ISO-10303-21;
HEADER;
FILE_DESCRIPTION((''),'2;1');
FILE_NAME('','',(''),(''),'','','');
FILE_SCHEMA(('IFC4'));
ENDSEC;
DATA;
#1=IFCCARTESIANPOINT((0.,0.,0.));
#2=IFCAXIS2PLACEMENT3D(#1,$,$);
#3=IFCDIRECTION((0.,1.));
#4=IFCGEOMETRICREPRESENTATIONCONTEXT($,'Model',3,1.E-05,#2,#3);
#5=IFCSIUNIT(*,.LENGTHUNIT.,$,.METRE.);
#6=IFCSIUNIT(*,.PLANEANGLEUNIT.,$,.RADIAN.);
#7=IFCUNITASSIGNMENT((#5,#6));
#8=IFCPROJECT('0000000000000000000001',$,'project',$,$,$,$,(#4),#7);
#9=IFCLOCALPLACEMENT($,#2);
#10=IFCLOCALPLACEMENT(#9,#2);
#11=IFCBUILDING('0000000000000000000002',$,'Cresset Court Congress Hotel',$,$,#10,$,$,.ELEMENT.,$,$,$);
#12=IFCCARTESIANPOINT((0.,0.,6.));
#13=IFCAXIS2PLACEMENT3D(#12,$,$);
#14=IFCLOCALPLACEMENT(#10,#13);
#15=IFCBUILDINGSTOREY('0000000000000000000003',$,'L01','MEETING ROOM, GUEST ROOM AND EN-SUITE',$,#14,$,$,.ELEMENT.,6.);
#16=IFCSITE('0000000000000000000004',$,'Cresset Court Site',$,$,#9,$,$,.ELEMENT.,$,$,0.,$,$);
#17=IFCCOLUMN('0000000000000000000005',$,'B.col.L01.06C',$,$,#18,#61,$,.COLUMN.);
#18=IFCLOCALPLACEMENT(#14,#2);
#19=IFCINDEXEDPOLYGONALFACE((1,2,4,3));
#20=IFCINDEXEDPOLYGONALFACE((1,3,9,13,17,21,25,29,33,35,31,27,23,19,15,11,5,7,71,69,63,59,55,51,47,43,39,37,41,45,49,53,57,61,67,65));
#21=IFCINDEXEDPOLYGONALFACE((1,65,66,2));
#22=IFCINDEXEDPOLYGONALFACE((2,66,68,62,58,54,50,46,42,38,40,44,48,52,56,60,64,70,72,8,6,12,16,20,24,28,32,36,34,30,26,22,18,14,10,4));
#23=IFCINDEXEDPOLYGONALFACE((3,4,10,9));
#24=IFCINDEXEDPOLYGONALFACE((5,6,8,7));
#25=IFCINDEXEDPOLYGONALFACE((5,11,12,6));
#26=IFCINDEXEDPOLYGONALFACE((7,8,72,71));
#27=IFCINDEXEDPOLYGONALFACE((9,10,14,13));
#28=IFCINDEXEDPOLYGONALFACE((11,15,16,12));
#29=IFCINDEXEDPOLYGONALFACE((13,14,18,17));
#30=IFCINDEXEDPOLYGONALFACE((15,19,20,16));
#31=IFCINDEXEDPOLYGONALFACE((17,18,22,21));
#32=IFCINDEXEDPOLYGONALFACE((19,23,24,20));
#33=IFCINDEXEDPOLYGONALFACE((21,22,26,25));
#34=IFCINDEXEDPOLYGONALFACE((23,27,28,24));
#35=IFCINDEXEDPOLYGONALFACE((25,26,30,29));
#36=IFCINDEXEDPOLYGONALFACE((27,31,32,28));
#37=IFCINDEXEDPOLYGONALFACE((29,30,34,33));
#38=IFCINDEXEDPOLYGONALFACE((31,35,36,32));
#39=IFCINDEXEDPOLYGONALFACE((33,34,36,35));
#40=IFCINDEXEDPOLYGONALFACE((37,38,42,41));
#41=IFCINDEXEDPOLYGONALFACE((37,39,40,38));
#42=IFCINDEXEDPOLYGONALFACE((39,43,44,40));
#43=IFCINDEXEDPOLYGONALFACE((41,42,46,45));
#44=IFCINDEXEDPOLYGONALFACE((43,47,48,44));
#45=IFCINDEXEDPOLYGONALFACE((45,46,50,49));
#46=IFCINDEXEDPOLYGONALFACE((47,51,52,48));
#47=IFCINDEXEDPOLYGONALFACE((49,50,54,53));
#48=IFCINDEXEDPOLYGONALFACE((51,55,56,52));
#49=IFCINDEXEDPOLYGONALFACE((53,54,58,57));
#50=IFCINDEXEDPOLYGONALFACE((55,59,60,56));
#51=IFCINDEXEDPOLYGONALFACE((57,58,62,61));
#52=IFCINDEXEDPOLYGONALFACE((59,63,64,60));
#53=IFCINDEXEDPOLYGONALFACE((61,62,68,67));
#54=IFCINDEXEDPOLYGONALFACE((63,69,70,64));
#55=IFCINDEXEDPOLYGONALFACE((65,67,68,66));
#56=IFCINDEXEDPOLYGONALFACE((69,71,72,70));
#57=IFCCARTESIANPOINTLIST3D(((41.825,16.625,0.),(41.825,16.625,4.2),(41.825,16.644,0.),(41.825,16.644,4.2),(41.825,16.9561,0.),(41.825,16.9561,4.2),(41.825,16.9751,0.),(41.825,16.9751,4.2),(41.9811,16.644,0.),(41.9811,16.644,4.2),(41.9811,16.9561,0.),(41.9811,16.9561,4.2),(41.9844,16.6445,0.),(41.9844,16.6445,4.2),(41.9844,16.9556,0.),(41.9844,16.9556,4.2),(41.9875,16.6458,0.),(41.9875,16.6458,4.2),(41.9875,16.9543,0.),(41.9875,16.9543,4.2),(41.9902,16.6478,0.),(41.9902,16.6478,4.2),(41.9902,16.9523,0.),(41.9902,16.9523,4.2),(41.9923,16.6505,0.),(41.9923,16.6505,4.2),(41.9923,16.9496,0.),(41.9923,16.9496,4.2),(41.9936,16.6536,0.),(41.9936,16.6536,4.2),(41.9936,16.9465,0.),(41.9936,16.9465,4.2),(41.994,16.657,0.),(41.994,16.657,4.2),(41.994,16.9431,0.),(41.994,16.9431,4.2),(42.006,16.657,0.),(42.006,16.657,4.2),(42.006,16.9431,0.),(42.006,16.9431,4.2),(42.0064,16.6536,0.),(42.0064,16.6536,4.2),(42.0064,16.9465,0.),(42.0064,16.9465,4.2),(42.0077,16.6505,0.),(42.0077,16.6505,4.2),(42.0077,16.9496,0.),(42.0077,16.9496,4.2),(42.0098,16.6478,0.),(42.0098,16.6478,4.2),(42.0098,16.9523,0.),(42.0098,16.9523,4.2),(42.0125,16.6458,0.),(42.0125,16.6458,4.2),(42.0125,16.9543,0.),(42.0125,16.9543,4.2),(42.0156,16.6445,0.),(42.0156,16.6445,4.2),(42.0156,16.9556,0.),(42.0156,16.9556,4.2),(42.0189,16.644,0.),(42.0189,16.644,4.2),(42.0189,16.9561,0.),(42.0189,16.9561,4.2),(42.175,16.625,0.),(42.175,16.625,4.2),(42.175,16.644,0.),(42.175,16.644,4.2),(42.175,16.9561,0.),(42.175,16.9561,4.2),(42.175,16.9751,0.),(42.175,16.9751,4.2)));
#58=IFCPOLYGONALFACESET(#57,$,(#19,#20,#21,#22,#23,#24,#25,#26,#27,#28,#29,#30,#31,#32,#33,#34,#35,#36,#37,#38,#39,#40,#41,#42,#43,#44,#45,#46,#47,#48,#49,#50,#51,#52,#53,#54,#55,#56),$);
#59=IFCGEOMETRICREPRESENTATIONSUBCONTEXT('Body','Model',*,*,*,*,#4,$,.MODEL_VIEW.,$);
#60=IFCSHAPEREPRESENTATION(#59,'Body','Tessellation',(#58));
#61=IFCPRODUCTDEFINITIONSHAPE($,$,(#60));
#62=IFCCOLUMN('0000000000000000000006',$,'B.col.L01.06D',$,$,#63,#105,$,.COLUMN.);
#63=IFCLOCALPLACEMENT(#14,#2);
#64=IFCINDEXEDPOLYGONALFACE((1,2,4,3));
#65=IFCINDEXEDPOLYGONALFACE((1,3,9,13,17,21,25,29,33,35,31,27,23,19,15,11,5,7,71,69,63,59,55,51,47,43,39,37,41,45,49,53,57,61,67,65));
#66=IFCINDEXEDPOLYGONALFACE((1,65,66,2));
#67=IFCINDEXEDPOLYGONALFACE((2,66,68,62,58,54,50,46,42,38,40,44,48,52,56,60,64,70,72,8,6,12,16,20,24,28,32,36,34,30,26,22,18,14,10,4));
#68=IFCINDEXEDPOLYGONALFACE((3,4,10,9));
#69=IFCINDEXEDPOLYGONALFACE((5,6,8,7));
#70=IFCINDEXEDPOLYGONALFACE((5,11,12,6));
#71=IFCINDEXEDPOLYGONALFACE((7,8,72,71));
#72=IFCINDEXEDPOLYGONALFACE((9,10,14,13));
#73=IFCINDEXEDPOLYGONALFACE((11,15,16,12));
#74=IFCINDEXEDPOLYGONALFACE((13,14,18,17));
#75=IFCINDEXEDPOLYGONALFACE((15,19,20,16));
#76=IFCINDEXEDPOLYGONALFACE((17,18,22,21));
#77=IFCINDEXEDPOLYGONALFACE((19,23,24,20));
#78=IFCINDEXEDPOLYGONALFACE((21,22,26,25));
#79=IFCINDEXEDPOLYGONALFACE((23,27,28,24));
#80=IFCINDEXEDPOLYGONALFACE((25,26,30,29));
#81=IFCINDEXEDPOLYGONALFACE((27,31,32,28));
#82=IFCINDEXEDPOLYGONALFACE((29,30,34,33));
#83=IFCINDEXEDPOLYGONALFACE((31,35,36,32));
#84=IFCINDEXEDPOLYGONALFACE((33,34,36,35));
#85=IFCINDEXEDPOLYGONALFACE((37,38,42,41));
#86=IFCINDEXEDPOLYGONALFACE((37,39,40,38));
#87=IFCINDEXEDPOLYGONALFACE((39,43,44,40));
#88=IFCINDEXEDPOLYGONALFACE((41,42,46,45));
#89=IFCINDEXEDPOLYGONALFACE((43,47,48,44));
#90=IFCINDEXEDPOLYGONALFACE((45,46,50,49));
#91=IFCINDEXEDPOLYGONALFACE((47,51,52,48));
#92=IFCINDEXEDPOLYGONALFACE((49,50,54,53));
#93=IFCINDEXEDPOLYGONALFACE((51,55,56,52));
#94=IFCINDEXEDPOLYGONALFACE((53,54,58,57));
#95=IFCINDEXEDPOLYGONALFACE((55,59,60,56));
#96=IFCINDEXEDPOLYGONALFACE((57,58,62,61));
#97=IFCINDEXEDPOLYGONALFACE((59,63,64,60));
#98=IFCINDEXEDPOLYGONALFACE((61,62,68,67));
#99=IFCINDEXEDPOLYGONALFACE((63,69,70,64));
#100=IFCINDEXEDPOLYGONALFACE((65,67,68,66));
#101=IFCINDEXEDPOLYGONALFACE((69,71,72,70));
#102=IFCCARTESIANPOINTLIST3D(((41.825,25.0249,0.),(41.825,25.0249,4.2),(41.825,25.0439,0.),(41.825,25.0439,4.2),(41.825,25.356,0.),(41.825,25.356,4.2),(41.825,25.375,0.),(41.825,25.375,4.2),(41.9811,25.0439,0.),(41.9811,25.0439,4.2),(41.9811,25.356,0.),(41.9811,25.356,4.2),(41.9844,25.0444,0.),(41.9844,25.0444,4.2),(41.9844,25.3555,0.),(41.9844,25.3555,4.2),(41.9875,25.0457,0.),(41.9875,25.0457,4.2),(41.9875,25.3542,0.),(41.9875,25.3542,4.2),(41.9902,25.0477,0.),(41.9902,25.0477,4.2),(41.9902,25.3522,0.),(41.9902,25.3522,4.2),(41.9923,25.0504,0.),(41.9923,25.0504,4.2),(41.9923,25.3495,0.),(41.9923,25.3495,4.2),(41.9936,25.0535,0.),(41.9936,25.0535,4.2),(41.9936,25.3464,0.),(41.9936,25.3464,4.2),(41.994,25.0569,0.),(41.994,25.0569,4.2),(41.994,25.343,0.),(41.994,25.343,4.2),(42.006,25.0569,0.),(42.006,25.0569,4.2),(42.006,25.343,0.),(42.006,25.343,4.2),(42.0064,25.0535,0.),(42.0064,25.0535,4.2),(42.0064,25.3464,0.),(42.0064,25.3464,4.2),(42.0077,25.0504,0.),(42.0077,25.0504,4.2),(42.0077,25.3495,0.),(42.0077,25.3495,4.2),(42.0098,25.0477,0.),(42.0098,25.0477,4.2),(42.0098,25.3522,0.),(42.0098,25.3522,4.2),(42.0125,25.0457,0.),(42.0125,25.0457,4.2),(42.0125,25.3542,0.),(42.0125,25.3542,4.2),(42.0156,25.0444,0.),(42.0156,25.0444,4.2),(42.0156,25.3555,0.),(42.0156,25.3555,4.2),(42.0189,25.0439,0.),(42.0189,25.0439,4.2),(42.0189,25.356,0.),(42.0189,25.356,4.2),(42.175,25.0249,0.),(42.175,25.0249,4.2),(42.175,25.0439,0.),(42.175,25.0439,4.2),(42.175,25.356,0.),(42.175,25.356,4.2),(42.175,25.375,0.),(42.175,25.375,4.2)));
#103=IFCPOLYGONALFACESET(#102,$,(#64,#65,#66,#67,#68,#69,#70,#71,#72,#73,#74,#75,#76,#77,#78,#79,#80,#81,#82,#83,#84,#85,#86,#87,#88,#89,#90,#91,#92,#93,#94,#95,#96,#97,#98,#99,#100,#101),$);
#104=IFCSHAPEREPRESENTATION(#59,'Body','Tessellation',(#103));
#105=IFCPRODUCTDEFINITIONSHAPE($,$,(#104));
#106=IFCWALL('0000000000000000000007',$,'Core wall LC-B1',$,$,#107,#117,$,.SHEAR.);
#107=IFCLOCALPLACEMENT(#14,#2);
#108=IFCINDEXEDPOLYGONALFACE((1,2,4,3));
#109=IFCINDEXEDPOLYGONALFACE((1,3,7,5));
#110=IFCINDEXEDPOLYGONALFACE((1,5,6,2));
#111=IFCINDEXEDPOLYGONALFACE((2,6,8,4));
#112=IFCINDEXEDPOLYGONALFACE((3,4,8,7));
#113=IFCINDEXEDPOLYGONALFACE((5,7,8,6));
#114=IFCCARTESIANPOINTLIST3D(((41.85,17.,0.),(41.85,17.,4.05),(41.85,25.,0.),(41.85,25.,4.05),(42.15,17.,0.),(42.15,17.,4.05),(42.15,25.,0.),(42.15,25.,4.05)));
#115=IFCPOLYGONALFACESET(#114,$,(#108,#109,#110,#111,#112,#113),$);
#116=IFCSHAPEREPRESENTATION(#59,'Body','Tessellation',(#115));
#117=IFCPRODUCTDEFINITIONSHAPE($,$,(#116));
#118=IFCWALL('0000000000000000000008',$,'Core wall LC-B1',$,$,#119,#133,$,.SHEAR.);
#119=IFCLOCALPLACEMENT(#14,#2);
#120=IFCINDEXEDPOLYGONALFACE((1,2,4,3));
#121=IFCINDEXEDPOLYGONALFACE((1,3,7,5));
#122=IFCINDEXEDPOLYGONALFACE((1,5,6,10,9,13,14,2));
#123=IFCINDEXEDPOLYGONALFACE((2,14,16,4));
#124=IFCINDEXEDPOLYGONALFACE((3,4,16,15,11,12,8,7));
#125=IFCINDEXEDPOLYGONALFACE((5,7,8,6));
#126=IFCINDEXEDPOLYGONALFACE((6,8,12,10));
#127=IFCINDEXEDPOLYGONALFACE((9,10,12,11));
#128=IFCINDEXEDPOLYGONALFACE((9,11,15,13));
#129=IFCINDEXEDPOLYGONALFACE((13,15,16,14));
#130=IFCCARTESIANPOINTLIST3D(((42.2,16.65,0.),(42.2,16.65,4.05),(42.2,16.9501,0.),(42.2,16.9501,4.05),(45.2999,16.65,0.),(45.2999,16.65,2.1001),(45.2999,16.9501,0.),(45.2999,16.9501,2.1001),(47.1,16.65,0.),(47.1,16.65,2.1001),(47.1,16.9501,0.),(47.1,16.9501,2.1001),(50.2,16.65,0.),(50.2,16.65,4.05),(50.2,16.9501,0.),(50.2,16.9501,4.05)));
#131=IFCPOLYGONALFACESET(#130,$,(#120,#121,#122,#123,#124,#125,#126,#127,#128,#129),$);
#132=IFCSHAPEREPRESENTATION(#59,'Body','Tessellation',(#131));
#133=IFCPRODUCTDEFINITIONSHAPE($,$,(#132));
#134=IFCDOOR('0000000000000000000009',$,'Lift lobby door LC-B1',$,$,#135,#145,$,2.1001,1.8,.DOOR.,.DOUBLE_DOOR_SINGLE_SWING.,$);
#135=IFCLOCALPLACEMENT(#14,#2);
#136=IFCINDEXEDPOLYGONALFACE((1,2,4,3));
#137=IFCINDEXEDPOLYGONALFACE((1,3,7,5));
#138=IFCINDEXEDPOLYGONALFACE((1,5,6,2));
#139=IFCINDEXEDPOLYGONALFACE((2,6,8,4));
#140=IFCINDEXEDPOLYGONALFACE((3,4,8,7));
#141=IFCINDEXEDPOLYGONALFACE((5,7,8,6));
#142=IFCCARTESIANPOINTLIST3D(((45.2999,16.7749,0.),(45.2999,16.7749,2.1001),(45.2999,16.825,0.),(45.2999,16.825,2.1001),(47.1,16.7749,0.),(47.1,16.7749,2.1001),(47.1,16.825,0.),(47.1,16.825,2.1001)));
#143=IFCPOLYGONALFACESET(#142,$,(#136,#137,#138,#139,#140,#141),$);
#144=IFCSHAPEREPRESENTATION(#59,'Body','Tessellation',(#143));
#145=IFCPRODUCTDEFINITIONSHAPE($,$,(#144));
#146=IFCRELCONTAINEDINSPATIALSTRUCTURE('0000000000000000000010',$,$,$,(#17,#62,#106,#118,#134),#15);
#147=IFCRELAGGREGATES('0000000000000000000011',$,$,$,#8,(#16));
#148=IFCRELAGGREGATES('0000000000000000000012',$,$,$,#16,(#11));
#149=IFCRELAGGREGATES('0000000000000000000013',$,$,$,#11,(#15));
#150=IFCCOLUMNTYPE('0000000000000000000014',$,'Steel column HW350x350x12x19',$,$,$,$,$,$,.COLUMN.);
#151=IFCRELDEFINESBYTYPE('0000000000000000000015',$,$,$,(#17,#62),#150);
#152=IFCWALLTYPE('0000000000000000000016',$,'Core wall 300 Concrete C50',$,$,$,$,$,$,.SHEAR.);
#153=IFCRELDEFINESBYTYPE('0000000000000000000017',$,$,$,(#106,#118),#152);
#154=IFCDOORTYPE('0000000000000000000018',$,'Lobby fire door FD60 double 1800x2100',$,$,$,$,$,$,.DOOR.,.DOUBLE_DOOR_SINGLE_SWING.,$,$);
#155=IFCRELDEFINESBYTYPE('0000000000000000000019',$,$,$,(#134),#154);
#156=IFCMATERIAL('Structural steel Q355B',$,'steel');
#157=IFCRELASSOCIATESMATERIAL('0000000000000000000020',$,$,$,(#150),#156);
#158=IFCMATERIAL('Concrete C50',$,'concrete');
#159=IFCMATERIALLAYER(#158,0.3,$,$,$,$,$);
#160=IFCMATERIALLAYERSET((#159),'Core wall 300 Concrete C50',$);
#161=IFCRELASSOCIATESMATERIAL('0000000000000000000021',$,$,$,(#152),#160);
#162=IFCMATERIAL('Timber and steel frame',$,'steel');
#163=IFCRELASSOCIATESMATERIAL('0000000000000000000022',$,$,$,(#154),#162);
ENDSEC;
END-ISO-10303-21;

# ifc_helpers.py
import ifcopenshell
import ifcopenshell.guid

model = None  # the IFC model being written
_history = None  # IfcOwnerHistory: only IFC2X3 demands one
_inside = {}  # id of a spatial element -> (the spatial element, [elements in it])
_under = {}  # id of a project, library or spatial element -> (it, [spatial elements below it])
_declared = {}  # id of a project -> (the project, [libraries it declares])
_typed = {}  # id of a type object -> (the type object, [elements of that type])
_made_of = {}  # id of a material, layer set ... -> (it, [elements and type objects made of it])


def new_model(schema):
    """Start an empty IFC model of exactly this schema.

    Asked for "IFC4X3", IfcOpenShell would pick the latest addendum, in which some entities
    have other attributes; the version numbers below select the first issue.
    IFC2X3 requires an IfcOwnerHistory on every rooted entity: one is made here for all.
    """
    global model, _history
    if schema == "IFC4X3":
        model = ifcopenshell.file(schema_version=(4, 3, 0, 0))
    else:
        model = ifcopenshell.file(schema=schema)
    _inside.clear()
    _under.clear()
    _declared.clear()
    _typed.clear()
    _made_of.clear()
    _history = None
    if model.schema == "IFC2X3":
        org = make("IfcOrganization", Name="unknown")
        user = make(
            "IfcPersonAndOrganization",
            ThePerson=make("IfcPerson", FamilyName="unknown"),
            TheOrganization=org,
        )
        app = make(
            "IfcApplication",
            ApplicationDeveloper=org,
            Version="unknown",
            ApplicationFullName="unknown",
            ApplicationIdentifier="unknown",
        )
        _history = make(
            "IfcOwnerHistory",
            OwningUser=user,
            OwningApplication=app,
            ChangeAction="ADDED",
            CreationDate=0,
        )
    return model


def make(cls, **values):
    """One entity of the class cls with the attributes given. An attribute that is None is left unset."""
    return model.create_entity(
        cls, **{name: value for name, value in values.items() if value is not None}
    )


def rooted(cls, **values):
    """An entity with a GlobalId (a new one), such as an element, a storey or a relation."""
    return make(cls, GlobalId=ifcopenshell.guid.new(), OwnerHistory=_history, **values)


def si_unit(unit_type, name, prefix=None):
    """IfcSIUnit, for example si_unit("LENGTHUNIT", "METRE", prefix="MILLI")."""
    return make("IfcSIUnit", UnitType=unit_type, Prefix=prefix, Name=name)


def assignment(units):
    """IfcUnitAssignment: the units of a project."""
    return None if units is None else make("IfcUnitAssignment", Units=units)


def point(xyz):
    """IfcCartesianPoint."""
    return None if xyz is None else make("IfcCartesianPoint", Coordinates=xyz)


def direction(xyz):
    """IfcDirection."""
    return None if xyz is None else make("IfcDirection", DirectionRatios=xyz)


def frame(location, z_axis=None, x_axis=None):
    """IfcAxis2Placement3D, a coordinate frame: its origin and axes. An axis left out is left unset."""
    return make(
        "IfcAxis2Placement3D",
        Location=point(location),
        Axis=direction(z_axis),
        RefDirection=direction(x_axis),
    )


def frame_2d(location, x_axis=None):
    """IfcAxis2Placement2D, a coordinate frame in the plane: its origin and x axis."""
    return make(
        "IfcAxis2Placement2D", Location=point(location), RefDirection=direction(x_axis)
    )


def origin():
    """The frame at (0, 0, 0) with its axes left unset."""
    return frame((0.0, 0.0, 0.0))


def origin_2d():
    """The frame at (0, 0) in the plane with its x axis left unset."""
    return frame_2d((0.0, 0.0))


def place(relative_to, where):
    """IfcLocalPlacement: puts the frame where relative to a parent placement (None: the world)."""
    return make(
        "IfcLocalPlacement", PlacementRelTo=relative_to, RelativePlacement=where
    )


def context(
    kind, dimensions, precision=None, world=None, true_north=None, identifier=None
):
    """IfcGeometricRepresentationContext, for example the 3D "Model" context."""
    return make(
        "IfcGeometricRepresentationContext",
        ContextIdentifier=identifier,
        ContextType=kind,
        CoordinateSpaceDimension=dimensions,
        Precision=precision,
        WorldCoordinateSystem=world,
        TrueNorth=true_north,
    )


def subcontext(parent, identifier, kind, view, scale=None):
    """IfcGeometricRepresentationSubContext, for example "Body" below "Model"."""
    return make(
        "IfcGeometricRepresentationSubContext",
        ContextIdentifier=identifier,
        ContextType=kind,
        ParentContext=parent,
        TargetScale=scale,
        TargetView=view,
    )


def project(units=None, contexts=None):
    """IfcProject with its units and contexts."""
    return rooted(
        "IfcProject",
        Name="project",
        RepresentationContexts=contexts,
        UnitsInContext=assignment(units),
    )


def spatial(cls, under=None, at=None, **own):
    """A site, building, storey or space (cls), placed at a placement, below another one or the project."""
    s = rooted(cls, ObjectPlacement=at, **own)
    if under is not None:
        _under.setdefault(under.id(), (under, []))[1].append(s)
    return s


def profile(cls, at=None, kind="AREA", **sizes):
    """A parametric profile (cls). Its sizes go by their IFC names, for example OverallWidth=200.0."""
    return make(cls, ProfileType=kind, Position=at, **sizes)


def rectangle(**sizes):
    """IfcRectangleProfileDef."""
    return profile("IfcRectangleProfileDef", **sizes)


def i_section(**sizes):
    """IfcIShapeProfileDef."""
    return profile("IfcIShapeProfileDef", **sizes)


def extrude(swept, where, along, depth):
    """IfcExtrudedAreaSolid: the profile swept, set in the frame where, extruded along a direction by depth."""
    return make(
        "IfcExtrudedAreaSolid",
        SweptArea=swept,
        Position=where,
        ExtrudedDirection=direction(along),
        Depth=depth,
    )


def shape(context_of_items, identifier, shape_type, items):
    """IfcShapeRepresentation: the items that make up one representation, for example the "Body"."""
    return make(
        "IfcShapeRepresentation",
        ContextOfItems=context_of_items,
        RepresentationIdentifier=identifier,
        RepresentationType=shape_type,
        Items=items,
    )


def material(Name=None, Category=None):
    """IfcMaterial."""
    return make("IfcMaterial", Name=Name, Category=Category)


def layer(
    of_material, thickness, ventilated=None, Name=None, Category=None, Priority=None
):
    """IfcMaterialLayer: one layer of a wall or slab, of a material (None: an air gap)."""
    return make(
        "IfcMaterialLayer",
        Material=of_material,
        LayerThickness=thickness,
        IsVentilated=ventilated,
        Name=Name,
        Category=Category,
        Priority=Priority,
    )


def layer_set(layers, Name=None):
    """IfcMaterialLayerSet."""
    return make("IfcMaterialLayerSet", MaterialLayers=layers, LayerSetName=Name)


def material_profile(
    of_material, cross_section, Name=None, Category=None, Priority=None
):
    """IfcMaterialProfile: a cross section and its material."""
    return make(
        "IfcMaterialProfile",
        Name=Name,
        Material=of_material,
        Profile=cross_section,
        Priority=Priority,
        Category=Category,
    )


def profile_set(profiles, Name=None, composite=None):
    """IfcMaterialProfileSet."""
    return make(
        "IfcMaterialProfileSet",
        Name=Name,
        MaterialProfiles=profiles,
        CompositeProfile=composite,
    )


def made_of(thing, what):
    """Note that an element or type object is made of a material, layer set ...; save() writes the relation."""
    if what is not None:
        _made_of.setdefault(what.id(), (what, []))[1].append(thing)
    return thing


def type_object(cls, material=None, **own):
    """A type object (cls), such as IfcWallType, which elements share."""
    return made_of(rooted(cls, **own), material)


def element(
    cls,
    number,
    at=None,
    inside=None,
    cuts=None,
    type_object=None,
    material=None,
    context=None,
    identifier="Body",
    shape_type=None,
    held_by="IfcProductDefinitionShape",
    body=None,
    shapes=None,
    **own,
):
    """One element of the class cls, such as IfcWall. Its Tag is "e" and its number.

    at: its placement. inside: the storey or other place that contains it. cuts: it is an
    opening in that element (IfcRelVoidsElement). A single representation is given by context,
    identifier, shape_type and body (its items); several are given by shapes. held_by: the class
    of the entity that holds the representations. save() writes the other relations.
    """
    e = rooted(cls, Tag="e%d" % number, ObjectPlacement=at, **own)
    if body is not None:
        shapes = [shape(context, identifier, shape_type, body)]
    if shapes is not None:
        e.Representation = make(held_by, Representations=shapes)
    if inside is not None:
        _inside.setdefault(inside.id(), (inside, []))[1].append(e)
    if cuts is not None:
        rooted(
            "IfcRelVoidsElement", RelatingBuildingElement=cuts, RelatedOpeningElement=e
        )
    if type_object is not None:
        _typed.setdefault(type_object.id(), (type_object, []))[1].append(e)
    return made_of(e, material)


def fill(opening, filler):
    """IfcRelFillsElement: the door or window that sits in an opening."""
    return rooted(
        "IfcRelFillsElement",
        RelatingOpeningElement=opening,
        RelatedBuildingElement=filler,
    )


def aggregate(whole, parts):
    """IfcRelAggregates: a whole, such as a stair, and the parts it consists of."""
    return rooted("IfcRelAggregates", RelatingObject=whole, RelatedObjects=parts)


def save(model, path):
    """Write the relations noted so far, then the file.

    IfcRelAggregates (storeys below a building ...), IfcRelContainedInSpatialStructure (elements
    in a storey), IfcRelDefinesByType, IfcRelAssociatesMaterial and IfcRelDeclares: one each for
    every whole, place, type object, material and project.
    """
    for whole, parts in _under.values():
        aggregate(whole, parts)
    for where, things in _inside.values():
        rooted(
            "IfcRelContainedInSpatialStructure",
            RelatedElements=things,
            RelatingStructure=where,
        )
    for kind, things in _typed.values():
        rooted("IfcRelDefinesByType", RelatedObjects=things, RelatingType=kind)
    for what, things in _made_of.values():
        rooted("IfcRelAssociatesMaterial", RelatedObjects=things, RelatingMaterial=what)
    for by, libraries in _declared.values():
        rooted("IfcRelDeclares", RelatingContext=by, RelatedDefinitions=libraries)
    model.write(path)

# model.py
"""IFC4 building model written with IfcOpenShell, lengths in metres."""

from ifc_helpers import new_model, si_unit, direction, frame, frame_2d, origin, origin_2d, place, context, subcontext, project, spatial, rectangle, i_section, extrude, material, layer, layer_set, material_profile, profile_set, type_object, element, fill, save


model = new_model("IFC4")

# Units and contexts
model_context = context("Model", 3, precision=1e-05, world=origin(), true_north=direction((0.0, 1.0)))
body_context = subcontext(model_context, "Body", "Model", "MODEL_VIEW")
ifc_project = project(units=[si_unit("LENGTHUNIT", "METRE"), si_unit("PLANEANGLEUNIT", "RADIAN")], contexts=[model_context])

# Site, building, storey
site_placement = place(None, origin())
site = spatial("IfcSite", under=ifc_project, at=site_placement, Name="Cresset Court Site", CompositionType="ELEMENT", RefElevation=0.0)
building_placement = place(site_placement, origin())
building = spatial("IfcBuilding", under=site, at=building_placement, Name="Cresset Court Congress Hotel", CompositionType="ELEMENT")
storey_placement = place(building_placement, frame((0.0, 0.0, 6.0)))
storey = spatial("IfcBuildingStorey", under=building, at=storey_placement, Name="L01", Description="MEETING ROOM, GUEST ROOM AND EN-SUITE", CompositionType="ELEMENT", Elevation=6.0)

# Columns
ifc_material_1 = material(Name="Structural steel Q355B", Category="steel")
ifc_material_profile = material_profile(ifc_material_1, i_section(OverallWidth=0.3501, OverallDepth=0.3501, WebThickness=0.012, FlangeThickness=0.019, FilletRadius=0.0129, at=origin_2d()), Name="HW350x350x12x19")
ifc_profile_set = profile_set([ifc_material_profile], Name="Structural steel Q355B")
column_type = type_object("IfcColumnType", Name="Steel column HW350x350x12x19", PredefinedType="COLUMN", material=ifc_profile_set)
for number, where, z_axis, x_axis, name in (
    (1, (42.0, 16.8, 0.0), (0.0, 0.0, 1.0), (1.0, 0.0, 0.0), "B.col.L01.06C"),
    (2, (42.0, 25.2, 0.0), (0.0, 0.0, 1.0), (1.0, 0.0, 0.0), "B.col.L01.06D"),
):
    element("IfcColumn", number, at=place(storey_placement, frame(where, z_axis=z_axis, x_axis=x_axis)), inside=storey, type_object=column_type, Name=name, PredefinedType="COLUMN", context=body_context, shape_type="SweptSolid", body=[
        extrude(i_section(OverallWidth=0.3501, OverallDepth=0.3501, WebThickness=0.012, FlangeThickness=0.019, FilletRadius=0.0129, at=origin_2d()), origin(), (0.0, 0.0, 1.0), 4.2),
    ])

# Wall
ifc_material_2 = material(Name="Concrete C50", Category="concrete")
ifc_layer_1 = layer(ifc_material_2, 0.3)
ifc_layer_set_1 = layer_set([ifc_layer_1], Name="Core wall 300 Concrete C50")
wall_type_1 = type_object("IfcWallType", Name="Core wall 300 Concrete C50", PredefinedType="SHEAR", material=ifc_layer_set_1)
wall_1_placement = place(storey_placement, frame((42.0, 17.0, 0.0), z_axis=(0.0, 0.0, 1.0), x_axis=(0.0, 1.0, 0.0)))
element("IfcWall", 3, at=wall_1_placement, inside=storey, type_object=wall_type_1, Name="Core wall LC-B1", PredefinedType="SHEAR", context=body_context, shape_type="SweptSolid", body=[
    extrude(rectangle(XDim=8.0, YDim=0.3, at=frame_2d((4.0, 0.0))), origin(), (0.0, 0.0, 1.0), 4.05),
])

# Wall, opening, door
wall_2_placement = place(storey_placement, frame((42.2, 16.8, 0.0), z_axis=(0.0, 0.0, 1.0), x_axis=(1.0, 0.0, 0.0)))
wall_2 = element("IfcWall", 4, at=wall_2_placement, inside=storey, type_object=wall_type_1, Name="Core wall LC-B1", PredefinedType="SHEAR", context=body_context, shape_type="SweptSolid", body=[
    extrude(rectangle(XDim=8.0, YDim=0.3, at=frame_2d((4.0, 0.0))), origin(), (0.0, 0.0, 1.0), 4.05),
])
opening_1_placement = place(wall_2_placement, frame((3.1001, 0.0, 0.0)))
opening_1 = element("IfcOpeningElement", 5, at=opening_1_placement, cuts=wall_2, PredefinedType="OPENING", context=body_context, shape_type="SweptSolid", body=[
    extrude(rectangle(XDim=1.8, YDim=2.1001, at=frame_2d((0.8999, 1.05))), frame((0.0, 0.1599, 0.0), z_axis=(0.0, -1.0, 0.0), x_axis=(1.0, 0.0, 0.0)), (0.0, 0.0, 1.0), 0.3201),
])
ifc_material_3 = material(Name="Timber and steel frame", Category="steel")
door_type_1 = type_object("IfcDoorType", Name="Lobby fire door FD60 double 1800x2100", OperationType="DOUBLE_DOOR_SINGLE_SWING", PredefinedType="DOOR", material=ifc_material_3)
door_1_placement = place(opening_1_placement, origin())
door_1 = element("IfcDoor", 6, at=door_1_placement, inside=storey, type_object=door_type_1, Name="Lift lobby door LC-B1", OperationType="DOUBLE_DOOR_SINGLE_SWING", OverallHeight=2.1001, OverallWidth=1.8, PredefinedType="DOOR", context=body_context, shape_type="SweptSolid", body=[
    extrude(rectangle(XDim=1.8, YDim=2.1001, at=frame_2d((0.8999, 1.05))), frame((0.0, 0.0249, 0.0), z_axis=(0.0, -1.0, 0.0), x_axis=(1.0, 0.0, 0.0)), (0.0, 0.0, 1.0), 0.05),
])
fill(opening_1, door_1)

save(model, "model.ifc")
